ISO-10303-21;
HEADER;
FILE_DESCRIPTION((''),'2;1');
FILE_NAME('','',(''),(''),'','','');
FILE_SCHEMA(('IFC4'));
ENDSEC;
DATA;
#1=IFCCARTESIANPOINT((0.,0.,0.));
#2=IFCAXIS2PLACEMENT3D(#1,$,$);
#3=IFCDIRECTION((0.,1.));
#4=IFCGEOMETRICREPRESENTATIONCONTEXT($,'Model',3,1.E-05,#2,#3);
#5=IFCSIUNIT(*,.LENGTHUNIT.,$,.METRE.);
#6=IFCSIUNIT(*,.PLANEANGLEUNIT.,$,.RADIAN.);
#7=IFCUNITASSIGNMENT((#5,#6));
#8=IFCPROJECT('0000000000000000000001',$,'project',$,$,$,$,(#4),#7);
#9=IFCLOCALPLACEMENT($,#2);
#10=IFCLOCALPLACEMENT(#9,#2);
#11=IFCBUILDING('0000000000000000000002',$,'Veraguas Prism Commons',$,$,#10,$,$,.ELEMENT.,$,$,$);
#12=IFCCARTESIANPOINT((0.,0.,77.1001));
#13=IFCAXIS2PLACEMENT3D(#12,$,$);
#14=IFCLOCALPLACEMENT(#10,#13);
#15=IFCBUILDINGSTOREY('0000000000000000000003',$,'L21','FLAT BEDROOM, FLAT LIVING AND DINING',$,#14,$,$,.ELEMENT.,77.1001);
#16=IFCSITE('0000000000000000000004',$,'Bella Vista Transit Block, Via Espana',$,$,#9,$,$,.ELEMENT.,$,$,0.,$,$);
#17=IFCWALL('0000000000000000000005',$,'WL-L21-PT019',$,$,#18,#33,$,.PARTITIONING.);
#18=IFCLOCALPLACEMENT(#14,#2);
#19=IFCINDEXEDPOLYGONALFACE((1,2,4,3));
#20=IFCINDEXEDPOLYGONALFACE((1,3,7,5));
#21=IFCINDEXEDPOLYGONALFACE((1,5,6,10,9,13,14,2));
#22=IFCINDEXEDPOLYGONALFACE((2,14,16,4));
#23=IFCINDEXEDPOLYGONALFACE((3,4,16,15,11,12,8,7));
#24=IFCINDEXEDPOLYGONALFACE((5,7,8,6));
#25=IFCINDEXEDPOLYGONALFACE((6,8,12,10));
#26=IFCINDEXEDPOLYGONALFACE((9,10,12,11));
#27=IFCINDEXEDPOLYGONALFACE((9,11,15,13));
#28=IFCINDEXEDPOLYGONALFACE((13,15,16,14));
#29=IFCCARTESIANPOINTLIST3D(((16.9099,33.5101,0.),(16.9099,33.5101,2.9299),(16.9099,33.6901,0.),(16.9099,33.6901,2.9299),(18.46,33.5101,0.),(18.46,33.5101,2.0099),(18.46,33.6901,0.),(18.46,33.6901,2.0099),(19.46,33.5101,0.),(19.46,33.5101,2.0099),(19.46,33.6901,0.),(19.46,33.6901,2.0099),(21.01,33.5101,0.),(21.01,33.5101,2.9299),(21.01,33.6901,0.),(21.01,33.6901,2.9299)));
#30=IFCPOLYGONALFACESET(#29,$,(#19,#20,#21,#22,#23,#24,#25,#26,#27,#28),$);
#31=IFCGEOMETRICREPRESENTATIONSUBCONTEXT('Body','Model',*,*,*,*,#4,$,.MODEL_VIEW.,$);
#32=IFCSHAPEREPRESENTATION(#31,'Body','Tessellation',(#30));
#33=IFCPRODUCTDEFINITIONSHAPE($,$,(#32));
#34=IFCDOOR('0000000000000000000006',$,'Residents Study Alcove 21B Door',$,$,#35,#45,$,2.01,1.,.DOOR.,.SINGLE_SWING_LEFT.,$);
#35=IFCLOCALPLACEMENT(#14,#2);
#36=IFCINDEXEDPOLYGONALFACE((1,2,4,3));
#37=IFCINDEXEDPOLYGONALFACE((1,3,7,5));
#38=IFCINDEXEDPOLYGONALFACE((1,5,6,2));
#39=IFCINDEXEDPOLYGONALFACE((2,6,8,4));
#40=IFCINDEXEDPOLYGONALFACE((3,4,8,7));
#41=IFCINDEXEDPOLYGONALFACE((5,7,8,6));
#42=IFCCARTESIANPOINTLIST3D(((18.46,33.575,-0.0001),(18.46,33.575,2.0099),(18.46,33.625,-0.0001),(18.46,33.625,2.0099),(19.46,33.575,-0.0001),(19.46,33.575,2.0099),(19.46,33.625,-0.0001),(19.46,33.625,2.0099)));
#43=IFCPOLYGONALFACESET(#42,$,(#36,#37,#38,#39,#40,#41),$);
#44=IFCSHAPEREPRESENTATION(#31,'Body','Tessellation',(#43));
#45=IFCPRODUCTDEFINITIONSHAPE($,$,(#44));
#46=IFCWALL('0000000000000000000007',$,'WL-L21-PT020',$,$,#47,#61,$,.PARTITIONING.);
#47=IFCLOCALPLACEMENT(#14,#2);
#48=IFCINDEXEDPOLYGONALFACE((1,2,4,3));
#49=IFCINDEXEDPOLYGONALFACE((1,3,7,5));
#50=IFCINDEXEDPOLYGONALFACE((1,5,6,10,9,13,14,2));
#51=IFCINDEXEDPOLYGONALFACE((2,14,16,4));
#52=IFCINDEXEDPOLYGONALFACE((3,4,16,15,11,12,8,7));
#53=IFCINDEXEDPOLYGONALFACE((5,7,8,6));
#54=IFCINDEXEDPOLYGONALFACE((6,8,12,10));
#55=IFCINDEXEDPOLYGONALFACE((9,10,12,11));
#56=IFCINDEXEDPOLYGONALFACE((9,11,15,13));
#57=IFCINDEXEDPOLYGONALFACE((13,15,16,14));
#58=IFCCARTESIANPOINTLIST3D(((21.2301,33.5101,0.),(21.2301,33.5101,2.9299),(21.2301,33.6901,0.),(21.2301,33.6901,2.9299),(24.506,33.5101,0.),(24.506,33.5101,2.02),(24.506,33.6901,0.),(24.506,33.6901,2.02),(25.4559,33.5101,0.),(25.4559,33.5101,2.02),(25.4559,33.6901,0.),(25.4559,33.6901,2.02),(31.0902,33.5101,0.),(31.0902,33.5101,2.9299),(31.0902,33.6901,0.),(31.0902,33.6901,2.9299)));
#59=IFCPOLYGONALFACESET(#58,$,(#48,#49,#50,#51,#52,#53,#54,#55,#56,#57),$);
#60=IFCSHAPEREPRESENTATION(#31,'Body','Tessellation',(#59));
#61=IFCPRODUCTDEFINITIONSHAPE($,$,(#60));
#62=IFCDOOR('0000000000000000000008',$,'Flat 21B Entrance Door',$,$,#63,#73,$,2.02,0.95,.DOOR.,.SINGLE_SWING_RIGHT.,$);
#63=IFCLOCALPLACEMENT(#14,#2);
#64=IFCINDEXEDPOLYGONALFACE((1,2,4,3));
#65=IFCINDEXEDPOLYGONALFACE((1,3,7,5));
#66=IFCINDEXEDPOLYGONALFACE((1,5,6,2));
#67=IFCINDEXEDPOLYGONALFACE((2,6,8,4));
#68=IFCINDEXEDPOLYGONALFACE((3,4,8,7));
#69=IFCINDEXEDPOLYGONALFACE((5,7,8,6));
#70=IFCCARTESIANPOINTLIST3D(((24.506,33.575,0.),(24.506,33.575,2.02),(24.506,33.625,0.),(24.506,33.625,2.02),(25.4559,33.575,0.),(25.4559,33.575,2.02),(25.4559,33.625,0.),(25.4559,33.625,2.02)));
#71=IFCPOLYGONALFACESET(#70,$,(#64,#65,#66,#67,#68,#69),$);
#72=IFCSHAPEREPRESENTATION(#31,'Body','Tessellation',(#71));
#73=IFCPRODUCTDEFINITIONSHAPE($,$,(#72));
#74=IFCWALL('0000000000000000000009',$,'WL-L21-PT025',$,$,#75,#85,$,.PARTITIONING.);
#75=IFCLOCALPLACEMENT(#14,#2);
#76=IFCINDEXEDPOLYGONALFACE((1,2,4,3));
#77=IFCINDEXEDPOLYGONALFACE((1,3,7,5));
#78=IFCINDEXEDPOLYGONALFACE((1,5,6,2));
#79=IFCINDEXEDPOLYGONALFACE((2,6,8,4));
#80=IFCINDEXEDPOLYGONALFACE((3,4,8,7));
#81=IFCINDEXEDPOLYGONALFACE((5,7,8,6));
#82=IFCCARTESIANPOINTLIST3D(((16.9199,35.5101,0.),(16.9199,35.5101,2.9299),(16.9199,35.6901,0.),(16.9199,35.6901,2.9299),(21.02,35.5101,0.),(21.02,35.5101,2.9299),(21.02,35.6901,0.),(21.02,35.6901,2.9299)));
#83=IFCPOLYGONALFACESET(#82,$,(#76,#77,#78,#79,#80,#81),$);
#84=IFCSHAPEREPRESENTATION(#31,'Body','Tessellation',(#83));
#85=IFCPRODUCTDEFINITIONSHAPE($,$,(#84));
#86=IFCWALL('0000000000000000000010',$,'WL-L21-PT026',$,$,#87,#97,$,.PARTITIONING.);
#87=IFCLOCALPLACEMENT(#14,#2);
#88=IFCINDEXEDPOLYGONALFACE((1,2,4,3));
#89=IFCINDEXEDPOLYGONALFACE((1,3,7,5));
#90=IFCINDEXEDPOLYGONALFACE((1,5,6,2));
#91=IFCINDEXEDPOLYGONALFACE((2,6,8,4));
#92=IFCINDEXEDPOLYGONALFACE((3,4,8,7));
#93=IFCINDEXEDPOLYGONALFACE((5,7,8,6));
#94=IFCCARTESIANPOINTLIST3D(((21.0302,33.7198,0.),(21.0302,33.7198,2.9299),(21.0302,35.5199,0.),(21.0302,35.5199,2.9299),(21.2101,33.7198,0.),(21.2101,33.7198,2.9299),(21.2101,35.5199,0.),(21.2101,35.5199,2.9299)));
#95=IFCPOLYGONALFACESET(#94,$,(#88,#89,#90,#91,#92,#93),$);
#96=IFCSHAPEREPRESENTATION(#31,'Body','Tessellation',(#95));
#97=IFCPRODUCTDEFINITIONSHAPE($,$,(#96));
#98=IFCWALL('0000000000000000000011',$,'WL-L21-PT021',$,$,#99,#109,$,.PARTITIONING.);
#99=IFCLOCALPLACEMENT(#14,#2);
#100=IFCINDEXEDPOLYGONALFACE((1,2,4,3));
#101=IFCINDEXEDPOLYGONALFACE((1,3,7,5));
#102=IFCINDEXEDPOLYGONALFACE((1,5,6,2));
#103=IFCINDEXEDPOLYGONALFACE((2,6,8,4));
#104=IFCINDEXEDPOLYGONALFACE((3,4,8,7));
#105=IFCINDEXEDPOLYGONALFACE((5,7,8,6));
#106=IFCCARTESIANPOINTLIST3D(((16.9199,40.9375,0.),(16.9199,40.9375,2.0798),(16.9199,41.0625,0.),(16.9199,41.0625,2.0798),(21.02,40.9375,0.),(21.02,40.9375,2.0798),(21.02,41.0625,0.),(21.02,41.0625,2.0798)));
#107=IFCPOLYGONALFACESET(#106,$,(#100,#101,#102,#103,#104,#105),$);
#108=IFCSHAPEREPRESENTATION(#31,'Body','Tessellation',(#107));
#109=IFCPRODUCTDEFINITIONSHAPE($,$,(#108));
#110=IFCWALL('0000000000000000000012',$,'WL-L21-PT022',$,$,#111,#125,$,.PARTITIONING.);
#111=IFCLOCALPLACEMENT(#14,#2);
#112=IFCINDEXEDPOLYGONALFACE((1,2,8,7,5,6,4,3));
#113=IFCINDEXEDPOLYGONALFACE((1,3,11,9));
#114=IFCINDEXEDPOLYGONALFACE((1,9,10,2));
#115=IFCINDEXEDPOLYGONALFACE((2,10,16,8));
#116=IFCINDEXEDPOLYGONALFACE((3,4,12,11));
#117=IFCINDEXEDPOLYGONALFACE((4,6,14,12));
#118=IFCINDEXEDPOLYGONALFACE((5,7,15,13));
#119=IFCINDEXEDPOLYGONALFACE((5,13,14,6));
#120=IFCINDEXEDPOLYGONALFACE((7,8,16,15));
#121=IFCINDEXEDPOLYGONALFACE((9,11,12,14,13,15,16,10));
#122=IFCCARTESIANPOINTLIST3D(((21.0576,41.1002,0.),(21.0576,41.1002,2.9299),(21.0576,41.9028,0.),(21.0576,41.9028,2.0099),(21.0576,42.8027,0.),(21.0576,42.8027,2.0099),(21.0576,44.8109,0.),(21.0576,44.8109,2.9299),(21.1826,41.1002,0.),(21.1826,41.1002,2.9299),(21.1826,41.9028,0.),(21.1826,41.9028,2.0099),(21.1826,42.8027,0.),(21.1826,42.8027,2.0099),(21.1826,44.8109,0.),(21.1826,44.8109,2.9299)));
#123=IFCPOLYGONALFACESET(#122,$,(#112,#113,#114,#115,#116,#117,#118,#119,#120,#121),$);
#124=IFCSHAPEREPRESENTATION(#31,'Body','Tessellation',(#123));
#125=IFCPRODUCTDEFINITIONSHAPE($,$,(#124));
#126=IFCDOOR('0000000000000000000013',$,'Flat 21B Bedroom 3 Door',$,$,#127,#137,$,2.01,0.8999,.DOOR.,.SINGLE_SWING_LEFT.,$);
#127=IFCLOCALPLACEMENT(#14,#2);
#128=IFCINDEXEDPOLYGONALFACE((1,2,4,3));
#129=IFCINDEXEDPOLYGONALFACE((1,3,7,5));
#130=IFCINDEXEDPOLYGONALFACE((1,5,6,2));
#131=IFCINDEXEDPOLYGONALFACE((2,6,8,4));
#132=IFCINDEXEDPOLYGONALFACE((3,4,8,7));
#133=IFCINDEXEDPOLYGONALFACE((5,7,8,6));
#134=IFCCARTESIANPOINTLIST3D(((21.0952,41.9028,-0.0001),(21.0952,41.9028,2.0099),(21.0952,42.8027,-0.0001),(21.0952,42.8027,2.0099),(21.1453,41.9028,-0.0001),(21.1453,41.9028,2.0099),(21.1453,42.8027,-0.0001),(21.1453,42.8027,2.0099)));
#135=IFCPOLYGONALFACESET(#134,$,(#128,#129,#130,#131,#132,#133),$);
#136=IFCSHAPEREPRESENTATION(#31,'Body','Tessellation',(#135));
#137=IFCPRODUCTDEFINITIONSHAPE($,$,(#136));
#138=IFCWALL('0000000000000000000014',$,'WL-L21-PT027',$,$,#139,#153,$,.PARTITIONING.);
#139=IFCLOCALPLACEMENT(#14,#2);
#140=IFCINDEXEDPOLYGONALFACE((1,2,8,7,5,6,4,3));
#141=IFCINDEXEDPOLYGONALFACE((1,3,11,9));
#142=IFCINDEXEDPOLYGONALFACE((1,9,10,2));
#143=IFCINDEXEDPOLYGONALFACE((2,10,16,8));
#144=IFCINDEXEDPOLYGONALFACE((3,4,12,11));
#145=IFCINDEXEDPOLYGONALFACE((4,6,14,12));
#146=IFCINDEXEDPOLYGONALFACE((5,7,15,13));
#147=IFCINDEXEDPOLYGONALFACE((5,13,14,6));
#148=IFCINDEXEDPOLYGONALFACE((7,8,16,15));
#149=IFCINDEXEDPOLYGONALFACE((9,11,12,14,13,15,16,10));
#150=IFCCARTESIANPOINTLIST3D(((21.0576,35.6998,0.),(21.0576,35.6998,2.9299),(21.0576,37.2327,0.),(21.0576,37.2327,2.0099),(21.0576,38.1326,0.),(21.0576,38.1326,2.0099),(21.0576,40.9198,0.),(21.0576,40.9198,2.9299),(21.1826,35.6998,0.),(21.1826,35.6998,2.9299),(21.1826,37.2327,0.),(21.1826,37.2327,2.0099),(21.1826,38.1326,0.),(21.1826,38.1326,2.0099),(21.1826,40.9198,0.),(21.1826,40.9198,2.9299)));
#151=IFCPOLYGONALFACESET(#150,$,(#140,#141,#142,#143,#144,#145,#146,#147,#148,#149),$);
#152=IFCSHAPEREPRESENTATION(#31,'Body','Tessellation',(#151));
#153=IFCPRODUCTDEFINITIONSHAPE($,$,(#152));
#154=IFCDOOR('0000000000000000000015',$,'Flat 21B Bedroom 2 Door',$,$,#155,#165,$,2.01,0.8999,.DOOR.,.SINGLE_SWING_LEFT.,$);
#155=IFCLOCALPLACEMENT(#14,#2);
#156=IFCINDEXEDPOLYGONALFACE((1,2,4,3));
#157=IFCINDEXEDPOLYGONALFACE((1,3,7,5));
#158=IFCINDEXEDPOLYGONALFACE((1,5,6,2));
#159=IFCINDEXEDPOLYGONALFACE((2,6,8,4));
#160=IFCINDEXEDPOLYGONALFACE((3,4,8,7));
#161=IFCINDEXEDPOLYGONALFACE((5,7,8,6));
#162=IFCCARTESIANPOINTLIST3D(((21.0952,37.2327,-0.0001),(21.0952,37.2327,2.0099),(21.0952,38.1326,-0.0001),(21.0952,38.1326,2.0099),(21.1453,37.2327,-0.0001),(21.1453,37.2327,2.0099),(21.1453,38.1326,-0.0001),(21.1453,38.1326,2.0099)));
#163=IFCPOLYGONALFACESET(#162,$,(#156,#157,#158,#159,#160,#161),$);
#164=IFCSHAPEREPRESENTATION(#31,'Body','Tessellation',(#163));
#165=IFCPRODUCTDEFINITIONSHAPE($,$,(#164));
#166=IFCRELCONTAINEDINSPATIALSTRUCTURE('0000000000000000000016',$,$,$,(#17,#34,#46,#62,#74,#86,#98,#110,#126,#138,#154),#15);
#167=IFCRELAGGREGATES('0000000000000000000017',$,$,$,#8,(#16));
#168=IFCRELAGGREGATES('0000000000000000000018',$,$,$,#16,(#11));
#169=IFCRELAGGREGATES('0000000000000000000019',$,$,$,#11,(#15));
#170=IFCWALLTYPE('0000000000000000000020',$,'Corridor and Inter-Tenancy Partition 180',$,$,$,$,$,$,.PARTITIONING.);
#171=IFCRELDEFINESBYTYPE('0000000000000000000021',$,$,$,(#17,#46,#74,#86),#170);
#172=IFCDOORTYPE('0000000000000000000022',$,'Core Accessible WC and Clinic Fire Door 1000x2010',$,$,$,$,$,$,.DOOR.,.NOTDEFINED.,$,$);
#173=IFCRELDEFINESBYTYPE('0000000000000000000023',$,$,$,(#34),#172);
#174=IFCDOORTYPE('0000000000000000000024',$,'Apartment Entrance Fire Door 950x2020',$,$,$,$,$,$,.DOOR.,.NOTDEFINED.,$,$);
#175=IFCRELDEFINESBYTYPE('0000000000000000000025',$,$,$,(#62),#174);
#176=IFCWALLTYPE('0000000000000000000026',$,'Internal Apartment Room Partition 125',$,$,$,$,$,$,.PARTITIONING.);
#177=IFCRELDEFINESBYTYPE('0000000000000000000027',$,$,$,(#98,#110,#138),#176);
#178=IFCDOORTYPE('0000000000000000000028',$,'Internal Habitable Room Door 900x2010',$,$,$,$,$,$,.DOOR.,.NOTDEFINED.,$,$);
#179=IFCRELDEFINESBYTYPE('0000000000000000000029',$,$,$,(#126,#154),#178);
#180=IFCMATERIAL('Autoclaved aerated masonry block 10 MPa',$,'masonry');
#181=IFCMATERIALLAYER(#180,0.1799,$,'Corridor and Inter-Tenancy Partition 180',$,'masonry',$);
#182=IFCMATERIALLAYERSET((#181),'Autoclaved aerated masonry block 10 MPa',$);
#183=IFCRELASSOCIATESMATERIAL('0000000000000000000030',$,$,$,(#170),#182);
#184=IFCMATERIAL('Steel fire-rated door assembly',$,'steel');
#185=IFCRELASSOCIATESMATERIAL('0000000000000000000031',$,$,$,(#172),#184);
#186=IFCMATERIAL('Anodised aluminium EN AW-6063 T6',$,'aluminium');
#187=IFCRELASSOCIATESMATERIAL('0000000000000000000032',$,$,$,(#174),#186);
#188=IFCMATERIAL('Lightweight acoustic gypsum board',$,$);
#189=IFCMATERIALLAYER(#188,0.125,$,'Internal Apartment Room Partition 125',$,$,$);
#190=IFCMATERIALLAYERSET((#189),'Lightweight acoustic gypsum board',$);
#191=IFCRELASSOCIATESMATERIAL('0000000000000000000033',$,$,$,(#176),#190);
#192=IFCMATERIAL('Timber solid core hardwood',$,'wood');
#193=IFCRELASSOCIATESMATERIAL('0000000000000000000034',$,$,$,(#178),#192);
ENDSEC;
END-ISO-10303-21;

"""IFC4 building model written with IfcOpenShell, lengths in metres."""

from ifc_helpers import new_model, si_unit, direction, frame, frame_2d, origin, place, context, subcontext, project, spatial, rectangle, extrude, source, transform, mapped, material, layer, layer_set, type_object, element, fill, save


model = new_model("IFC4")

# Units and contexts
model_context = context("Model", 3, precision=1e-05, world=origin(), true_north=direction((0.0, 1.0)))
body_context = subcontext(model_context, "Body", "Model", "MODEL_VIEW")
ifc_project = project(units=[si_unit("LENGTHUNIT", "METRE"), si_unit("PLANEANGLEUNIT", "RADIAN")], contexts=[model_context])

# Site, building, storey
site_placement = place(None, origin())
site = spatial("IfcSite", under=ifc_project, at=site_placement, Name="Bella Vista Transit Block, Via Espana", CompositionType="ELEMENT", RefElevation=0.0)
building_placement = place(site_placement, origin())
building = spatial("IfcBuilding", under=site, at=building_placement, Name="Veraguas Prism Commons", CompositionType="ELEMENT")
storey_placement = place(building_placement, frame((0.0, 0.0, 77.1001)))
storey = spatial("IfcBuildingStorey", under=building, at=storey_placement, Name="L21", Description="FLAT BEDROOM, FLAT LIVING AND DINING", CompositionType="ELEMENT", Elevation=77.1001)

# Shared definitions
ifc_material_1 = material(Name="Anodised aluminium EN AW-6063 T6", Category="aluminium")

# Shared definitions
ifc_material_2 = material(Name="Autoclaved aerated masonry block 10 MPa", Category="masonry")
ifc_layer_1 = layer(ifc_material_2, 0.1799, Name="Corridor and Inter-Tenancy Partition 180", Category="masonry")
ifc_layer_set_1 = layer_set([ifc_layer_1], Name="Autoclaved aerated masonry block 10 MPa")
wall_type_1 = type_object("IfcWallType", Name="Corridor and Inter-Tenancy Partition 180", PredefinedType="PARTITIONING", material=ifc_layer_set_1)

# Walls, openings, doors
wall_1_placement = place(storey_placement, frame((16.9099, 33.6001, 0.0), z_axis=(0.0, 0.0, 1.0), x_axis=(1.0, 0.0, 0.0)))
wall_1 = element("IfcWall", 1, at=wall_1_placement, inside=storey, type_object=wall_type_1, Name="WL-L21-PT019", PredefinedType="PARTITIONING", context=body_context, shape_type="SweptSolid", body=[
    extrude(rectangle(XDim=4.1001, YDim=0.1799, at=frame_2d((2.05, 0.0))), origin(), (0.0, 0.0, 1.0), 2.9299),
])
opening_1_placement = place(wall_1_placement, frame((1.55, 0.0, 0.0)))
opening_1 = element("IfcOpeningElement", 2, at=opening_1_placement, cuts=wall_1, PredefinedType="OPENING", context=body_context, shape_type="SweptSolid", body=[
    extrude(rectangle(XDim=1.0, YDim=2.01, at=frame_2d((0.5, 1.0049))), frame((0.0, 0.0999, 0.0), z_axis=(0.0, -1.0, 0.0), x_axis=(1.0, 0.0, 0.0)), (0.0, 0.0, 1.0), 0.2),
])
ifc_material_3 = material(Name="Steel fire-rated door assembly", Category="steel")
door_type_1 = type_object("IfcDoorType", Name="Core Accessible WC and Clinic Fire Door 1000x2010", OperationType="NOTDEFINED", PredefinedType="DOOR", material=ifc_material_3)
shared_shape_1 = source(origin(), body_context, "Body", "SweptSolid", [
    extrude(rectangle(XDim=1.0, YDim=2.01, at=frame_2d((0.5, 1.0049))), frame((0.0, 0.0249, 0.0), z_axis=(0.0, -1.0, 0.0), x_axis=(1.0, 0.0, 0.0)), (0.0, 0.0, 1.0), 0.05),
])
door_1_placement = place(opening_1_placement, origin())
door_1 = element("IfcDoor", 3, at=door_1_placement, inside=storey, type_object=door_type_1, Name="Residents Study Alcove 21B Door", OperationType="SINGLE_SWING_LEFT", OverallHeight=2.01, OverallWidth=1.0, PredefinedType="DOOR", context=body_context, shape_type="MappedRepresentation", body=[
    mapped(shared_shape_1, transform((0.0, 0.0, 0.0), scale=1.0)),
])
fill(opening_1, door_1)
wall_2_placement = place(storey_placement, frame((21.23, 33.6001, 0.0), z_axis=(0.0, 0.0, 1.0), x_axis=(1.0, 0.0, 0.0)))
wall_2 = element("IfcWall", 4, at=wall_2_placement, inside=storey, type_object=wall_type_1, Name="WL-L21-PT020", PredefinedType="PARTITIONING", context=body_context, shape_type="SweptSolid", body=[
    extrude(rectangle(XDim=9.8601, YDim=0.1799, at=frame_2d((4.9302, 0.0))), origin(), (0.0, 0.0, 1.0), 2.9299),
])
opening_2_placement = place(wall_2_placement, frame((3.2759, 0.0, 0.0)))
opening_2 = element("IfcOpeningElement", 5, at=opening_2_placement, cuts=wall_2, PredefinedType="OPENING", context=body_context, shape_type="SweptSolid", body=[
    extrude(rectangle(XDim=0.95, YDim=2.02, at=frame_2d((0.4751, 1.01))), frame((0.0, 0.0999, 0.0), z_axis=(0.0, -1.0, 0.0), x_axis=(1.0, 0.0, 0.0)), (0.0, 0.0, 1.0), 0.2),
])
door_type_2 = type_object("IfcDoorType", Name="Apartment Entrance Fire Door 950x2020", OperationType="NOTDEFINED", PredefinedType="DOOR", material=ifc_material_1)
shared_shape_2 = source(origin(), body_context, "Body", "SweptSolid", [
    extrude(rectangle(XDim=0.95, YDim=2.02, at=frame_2d((0.4751, 1.01))), frame((0.0, 0.0249, 0.0), z_axis=(0.0, -1.0, 0.0), x_axis=(1.0, 0.0, 0.0)), (0.0, 0.0, 1.0), 0.05),
])
door_2_placement = place(opening_2_placement, origin())
door_2 = element("IfcDoor", 6, at=door_2_placement, inside=storey, type_object=door_type_2, Name="Flat 21B Entrance Door", OperationType="SINGLE_SWING_RIGHT", OverallHeight=2.02, OverallWidth=0.95, PredefinedType="DOOR", context=body_context, shape_type="MappedRepresentation", body=[
    mapped(shared_shape_2, transform((0.0, 0.0, 0.0), scale=1.0)),
])
fill(opening_2, door_2)

# Walls
wall_3_placement = place(storey_placement, frame((16.9199, 35.6001, 0.0), z_axis=(0.0, 0.0, 1.0), x_axis=(1.0, 0.0, 0.0)))
element("IfcWall", 7, at=wall_3_placement, inside=storey, type_object=wall_type_1, Name="WL-L21-PT025", PredefinedType="PARTITIONING", context=body_context, shape_type="SweptSolid", body=[
    extrude(rectangle(XDim=4.1001, YDim=0.1799, at=frame_2d((2.05, 0.0))), origin(), (0.0, 0.0, 1.0), 2.9299),
])
wall_4_placement = place(storey_placement, frame((21.1201, 33.72, 0.0), z_axis=(0.0, 0.0, 1.0), x_axis=(0.0, 1.0, 0.0)))
element("IfcWall", 8, at=wall_4_placement, inside=storey, type_object=wall_type_1, Name="WL-L21-PT026", PredefinedType="PARTITIONING", context=body_context, shape_type="SweptSolid", body=[
    extrude(rectangle(XDim=1.8, YDim=0.1799, at=frame_2d((0.8999, 0.0))), origin(), (0.0, 0.0, 1.0), 2.9299),
])
ifc_material_4 = material(Name="Lightweight acoustic gypsum board")
ifc_layer_2 = layer(ifc_material_4, 0.125, Name="Internal Apartment Room Partition 125")
ifc_layer_set_2 = layer_set([ifc_layer_2], Name="Lightweight acoustic gypsum board")
wall_type_2 = type_object("IfcWallType", Name="Internal Apartment Room Partition 125", PredefinedType="PARTITIONING", material=ifc_layer_set_2)
wall_5_placement = place(storey_placement, frame((16.9199, 41.0, 0.0), z_axis=(0.0, 0.0, 1.0), x_axis=(1.0, 0.0, 0.0)))
element("IfcWall", 9, at=wall_5_placement, inside=storey, type_object=wall_type_2, Name="WL-L21-PT021", PredefinedType="PARTITIONING", context=body_context, shape_type="SweptSolid", body=[
    extrude(rectangle(XDim=4.1001, YDim=0.125, at=frame_2d((2.05, 0.0))), origin(), (0.0, 0.0, 1.0), 2.0798),
])

# Walls, openings, doors
wall_6_placement = place(storey_placement, frame((21.1201, 41.1001, 0.0), z_axis=(0.0, 0.0, 1.0), x_axis=(0.0, 1.0, 0.0)))
wall_6 = element("IfcWall", 10, at=wall_6_placement, inside=storey, type_object=wall_type_2, Name="WL-L21-PT022", PredefinedType="PARTITIONING", context=body_context, shape_type="SweptSolid", body=[
    extrude(rectangle(XDim=3.7107, YDim=0.125, at=frame_2d((1.8555, 0.0))), origin(), (0.0, 0.0, 1.0), 2.9299),
])
opening_3_placement = place(wall_6_placement, frame((0.8027, 0.0, 0.0)))
opening_3 = element("IfcOpeningElement", 11, at=opening_3_placement, cuts=wall_6, PredefinedType="OPENING", context=body_context, shape_type="SweptSolid", body=[
    extrude(rectangle(XDim=0.8999, YDim=2.01, at=frame_2d((0.45, 1.0049))), frame((0.0, 0.0725, 0.0), z_axis=(0.0, -1.0, 0.0), x_axis=(1.0, 0.0, 0.0)), (0.0, 0.0, 1.0), 0.145),
])
ifc_material_5 = material(Name="Timber solid core hardwood", Category="wood")
door_type_3 = type_object("IfcDoorType", Name="Internal Habitable Room Door 900x2010", OperationType="NOTDEFINED", PredefinedType="DOOR", material=ifc_material_5)
shared_shape_3 = source(origin(), body_context, "Body", "SweptSolid", [
    extrude(rectangle(XDim=0.8999, YDim=2.01, at=frame_2d((0.45, 1.0049))), frame((0.0, 0.0249, 0.0), z_axis=(0.0, -1.0, 0.0), x_axis=(1.0, 0.0, 0.0)), (0.0, 0.0, 1.0), 0.05),
])
door_3_placement = place(opening_3_placement, origin())
door_3 = element("IfcDoor", 12, at=door_3_placement, inside=storey, type_object=door_type_3, Name="Flat 21B Bedroom 3 Door", OperationType="SINGLE_SWING_LEFT", OverallHeight=2.01, OverallWidth=0.8999, PredefinedType="DOOR", context=body_context, shape_type="MappedRepresentation", body=[
    mapped(shared_shape_3, transform((0.0, 0.0, 0.0), scale=1.0)),
])
fill(opening_3, door_3)
wall_7_placement = place(storey_placement, frame((21.1201, 35.7, 0.0), z_axis=(0.0, 0.0, 1.0), x_axis=(0.0, 1.0, 0.0)))
wall_7 = element("IfcWall", 13, at=wall_7_placement, inside=storey, type_object=wall_type_2, Name="WL-L21-PT027", PredefinedType="PARTITIONING", context=body_context, shape_type="SweptSolid", body=[
    extrude(rectangle(XDim=5.22, YDim=0.125, at=frame_2d((2.6099, 0.0))), origin(), (0.0, 0.0, 1.0), 2.9299),
])
opening_4_placement = place(wall_7_placement, frame((1.5327, 0.0, 0.0)))
opening_4 = element("IfcOpeningElement", 14, at=opening_4_placement, cuts=wall_7, PredefinedType="OPENING", context=body_context, shape_type="SweptSolid", body=[
    extrude(rectangle(XDim=0.8999, YDim=2.01, at=frame_2d((0.45, 1.0049))), frame((0.0, 0.0725, 0.0), z_axis=(0.0, -1.0, 0.0), x_axis=(1.0, 0.0, 0.0)), (0.0, 0.0, 1.0), 0.145),
])
door_4_placement = place(opening_4_placement, origin())
door_4 = element("IfcDoor", 15, at=door_4_placement, inside=storey, type_object=door_type_3, Name="Flat 21B Bedroom 2 Door", OperationType="SINGLE_SWING_LEFT", OverallHeight=2.01, OverallWidth=0.8999, PredefinedType="DOOR", context=body_context, shape_type="MappedRepresentation", body=[
    mapped(shared_shape_3, transform((0.0, 0.0, 0.0), scale=1.0)),
])
fill(opening_4, door_4)

save(model, "model.ifc")
